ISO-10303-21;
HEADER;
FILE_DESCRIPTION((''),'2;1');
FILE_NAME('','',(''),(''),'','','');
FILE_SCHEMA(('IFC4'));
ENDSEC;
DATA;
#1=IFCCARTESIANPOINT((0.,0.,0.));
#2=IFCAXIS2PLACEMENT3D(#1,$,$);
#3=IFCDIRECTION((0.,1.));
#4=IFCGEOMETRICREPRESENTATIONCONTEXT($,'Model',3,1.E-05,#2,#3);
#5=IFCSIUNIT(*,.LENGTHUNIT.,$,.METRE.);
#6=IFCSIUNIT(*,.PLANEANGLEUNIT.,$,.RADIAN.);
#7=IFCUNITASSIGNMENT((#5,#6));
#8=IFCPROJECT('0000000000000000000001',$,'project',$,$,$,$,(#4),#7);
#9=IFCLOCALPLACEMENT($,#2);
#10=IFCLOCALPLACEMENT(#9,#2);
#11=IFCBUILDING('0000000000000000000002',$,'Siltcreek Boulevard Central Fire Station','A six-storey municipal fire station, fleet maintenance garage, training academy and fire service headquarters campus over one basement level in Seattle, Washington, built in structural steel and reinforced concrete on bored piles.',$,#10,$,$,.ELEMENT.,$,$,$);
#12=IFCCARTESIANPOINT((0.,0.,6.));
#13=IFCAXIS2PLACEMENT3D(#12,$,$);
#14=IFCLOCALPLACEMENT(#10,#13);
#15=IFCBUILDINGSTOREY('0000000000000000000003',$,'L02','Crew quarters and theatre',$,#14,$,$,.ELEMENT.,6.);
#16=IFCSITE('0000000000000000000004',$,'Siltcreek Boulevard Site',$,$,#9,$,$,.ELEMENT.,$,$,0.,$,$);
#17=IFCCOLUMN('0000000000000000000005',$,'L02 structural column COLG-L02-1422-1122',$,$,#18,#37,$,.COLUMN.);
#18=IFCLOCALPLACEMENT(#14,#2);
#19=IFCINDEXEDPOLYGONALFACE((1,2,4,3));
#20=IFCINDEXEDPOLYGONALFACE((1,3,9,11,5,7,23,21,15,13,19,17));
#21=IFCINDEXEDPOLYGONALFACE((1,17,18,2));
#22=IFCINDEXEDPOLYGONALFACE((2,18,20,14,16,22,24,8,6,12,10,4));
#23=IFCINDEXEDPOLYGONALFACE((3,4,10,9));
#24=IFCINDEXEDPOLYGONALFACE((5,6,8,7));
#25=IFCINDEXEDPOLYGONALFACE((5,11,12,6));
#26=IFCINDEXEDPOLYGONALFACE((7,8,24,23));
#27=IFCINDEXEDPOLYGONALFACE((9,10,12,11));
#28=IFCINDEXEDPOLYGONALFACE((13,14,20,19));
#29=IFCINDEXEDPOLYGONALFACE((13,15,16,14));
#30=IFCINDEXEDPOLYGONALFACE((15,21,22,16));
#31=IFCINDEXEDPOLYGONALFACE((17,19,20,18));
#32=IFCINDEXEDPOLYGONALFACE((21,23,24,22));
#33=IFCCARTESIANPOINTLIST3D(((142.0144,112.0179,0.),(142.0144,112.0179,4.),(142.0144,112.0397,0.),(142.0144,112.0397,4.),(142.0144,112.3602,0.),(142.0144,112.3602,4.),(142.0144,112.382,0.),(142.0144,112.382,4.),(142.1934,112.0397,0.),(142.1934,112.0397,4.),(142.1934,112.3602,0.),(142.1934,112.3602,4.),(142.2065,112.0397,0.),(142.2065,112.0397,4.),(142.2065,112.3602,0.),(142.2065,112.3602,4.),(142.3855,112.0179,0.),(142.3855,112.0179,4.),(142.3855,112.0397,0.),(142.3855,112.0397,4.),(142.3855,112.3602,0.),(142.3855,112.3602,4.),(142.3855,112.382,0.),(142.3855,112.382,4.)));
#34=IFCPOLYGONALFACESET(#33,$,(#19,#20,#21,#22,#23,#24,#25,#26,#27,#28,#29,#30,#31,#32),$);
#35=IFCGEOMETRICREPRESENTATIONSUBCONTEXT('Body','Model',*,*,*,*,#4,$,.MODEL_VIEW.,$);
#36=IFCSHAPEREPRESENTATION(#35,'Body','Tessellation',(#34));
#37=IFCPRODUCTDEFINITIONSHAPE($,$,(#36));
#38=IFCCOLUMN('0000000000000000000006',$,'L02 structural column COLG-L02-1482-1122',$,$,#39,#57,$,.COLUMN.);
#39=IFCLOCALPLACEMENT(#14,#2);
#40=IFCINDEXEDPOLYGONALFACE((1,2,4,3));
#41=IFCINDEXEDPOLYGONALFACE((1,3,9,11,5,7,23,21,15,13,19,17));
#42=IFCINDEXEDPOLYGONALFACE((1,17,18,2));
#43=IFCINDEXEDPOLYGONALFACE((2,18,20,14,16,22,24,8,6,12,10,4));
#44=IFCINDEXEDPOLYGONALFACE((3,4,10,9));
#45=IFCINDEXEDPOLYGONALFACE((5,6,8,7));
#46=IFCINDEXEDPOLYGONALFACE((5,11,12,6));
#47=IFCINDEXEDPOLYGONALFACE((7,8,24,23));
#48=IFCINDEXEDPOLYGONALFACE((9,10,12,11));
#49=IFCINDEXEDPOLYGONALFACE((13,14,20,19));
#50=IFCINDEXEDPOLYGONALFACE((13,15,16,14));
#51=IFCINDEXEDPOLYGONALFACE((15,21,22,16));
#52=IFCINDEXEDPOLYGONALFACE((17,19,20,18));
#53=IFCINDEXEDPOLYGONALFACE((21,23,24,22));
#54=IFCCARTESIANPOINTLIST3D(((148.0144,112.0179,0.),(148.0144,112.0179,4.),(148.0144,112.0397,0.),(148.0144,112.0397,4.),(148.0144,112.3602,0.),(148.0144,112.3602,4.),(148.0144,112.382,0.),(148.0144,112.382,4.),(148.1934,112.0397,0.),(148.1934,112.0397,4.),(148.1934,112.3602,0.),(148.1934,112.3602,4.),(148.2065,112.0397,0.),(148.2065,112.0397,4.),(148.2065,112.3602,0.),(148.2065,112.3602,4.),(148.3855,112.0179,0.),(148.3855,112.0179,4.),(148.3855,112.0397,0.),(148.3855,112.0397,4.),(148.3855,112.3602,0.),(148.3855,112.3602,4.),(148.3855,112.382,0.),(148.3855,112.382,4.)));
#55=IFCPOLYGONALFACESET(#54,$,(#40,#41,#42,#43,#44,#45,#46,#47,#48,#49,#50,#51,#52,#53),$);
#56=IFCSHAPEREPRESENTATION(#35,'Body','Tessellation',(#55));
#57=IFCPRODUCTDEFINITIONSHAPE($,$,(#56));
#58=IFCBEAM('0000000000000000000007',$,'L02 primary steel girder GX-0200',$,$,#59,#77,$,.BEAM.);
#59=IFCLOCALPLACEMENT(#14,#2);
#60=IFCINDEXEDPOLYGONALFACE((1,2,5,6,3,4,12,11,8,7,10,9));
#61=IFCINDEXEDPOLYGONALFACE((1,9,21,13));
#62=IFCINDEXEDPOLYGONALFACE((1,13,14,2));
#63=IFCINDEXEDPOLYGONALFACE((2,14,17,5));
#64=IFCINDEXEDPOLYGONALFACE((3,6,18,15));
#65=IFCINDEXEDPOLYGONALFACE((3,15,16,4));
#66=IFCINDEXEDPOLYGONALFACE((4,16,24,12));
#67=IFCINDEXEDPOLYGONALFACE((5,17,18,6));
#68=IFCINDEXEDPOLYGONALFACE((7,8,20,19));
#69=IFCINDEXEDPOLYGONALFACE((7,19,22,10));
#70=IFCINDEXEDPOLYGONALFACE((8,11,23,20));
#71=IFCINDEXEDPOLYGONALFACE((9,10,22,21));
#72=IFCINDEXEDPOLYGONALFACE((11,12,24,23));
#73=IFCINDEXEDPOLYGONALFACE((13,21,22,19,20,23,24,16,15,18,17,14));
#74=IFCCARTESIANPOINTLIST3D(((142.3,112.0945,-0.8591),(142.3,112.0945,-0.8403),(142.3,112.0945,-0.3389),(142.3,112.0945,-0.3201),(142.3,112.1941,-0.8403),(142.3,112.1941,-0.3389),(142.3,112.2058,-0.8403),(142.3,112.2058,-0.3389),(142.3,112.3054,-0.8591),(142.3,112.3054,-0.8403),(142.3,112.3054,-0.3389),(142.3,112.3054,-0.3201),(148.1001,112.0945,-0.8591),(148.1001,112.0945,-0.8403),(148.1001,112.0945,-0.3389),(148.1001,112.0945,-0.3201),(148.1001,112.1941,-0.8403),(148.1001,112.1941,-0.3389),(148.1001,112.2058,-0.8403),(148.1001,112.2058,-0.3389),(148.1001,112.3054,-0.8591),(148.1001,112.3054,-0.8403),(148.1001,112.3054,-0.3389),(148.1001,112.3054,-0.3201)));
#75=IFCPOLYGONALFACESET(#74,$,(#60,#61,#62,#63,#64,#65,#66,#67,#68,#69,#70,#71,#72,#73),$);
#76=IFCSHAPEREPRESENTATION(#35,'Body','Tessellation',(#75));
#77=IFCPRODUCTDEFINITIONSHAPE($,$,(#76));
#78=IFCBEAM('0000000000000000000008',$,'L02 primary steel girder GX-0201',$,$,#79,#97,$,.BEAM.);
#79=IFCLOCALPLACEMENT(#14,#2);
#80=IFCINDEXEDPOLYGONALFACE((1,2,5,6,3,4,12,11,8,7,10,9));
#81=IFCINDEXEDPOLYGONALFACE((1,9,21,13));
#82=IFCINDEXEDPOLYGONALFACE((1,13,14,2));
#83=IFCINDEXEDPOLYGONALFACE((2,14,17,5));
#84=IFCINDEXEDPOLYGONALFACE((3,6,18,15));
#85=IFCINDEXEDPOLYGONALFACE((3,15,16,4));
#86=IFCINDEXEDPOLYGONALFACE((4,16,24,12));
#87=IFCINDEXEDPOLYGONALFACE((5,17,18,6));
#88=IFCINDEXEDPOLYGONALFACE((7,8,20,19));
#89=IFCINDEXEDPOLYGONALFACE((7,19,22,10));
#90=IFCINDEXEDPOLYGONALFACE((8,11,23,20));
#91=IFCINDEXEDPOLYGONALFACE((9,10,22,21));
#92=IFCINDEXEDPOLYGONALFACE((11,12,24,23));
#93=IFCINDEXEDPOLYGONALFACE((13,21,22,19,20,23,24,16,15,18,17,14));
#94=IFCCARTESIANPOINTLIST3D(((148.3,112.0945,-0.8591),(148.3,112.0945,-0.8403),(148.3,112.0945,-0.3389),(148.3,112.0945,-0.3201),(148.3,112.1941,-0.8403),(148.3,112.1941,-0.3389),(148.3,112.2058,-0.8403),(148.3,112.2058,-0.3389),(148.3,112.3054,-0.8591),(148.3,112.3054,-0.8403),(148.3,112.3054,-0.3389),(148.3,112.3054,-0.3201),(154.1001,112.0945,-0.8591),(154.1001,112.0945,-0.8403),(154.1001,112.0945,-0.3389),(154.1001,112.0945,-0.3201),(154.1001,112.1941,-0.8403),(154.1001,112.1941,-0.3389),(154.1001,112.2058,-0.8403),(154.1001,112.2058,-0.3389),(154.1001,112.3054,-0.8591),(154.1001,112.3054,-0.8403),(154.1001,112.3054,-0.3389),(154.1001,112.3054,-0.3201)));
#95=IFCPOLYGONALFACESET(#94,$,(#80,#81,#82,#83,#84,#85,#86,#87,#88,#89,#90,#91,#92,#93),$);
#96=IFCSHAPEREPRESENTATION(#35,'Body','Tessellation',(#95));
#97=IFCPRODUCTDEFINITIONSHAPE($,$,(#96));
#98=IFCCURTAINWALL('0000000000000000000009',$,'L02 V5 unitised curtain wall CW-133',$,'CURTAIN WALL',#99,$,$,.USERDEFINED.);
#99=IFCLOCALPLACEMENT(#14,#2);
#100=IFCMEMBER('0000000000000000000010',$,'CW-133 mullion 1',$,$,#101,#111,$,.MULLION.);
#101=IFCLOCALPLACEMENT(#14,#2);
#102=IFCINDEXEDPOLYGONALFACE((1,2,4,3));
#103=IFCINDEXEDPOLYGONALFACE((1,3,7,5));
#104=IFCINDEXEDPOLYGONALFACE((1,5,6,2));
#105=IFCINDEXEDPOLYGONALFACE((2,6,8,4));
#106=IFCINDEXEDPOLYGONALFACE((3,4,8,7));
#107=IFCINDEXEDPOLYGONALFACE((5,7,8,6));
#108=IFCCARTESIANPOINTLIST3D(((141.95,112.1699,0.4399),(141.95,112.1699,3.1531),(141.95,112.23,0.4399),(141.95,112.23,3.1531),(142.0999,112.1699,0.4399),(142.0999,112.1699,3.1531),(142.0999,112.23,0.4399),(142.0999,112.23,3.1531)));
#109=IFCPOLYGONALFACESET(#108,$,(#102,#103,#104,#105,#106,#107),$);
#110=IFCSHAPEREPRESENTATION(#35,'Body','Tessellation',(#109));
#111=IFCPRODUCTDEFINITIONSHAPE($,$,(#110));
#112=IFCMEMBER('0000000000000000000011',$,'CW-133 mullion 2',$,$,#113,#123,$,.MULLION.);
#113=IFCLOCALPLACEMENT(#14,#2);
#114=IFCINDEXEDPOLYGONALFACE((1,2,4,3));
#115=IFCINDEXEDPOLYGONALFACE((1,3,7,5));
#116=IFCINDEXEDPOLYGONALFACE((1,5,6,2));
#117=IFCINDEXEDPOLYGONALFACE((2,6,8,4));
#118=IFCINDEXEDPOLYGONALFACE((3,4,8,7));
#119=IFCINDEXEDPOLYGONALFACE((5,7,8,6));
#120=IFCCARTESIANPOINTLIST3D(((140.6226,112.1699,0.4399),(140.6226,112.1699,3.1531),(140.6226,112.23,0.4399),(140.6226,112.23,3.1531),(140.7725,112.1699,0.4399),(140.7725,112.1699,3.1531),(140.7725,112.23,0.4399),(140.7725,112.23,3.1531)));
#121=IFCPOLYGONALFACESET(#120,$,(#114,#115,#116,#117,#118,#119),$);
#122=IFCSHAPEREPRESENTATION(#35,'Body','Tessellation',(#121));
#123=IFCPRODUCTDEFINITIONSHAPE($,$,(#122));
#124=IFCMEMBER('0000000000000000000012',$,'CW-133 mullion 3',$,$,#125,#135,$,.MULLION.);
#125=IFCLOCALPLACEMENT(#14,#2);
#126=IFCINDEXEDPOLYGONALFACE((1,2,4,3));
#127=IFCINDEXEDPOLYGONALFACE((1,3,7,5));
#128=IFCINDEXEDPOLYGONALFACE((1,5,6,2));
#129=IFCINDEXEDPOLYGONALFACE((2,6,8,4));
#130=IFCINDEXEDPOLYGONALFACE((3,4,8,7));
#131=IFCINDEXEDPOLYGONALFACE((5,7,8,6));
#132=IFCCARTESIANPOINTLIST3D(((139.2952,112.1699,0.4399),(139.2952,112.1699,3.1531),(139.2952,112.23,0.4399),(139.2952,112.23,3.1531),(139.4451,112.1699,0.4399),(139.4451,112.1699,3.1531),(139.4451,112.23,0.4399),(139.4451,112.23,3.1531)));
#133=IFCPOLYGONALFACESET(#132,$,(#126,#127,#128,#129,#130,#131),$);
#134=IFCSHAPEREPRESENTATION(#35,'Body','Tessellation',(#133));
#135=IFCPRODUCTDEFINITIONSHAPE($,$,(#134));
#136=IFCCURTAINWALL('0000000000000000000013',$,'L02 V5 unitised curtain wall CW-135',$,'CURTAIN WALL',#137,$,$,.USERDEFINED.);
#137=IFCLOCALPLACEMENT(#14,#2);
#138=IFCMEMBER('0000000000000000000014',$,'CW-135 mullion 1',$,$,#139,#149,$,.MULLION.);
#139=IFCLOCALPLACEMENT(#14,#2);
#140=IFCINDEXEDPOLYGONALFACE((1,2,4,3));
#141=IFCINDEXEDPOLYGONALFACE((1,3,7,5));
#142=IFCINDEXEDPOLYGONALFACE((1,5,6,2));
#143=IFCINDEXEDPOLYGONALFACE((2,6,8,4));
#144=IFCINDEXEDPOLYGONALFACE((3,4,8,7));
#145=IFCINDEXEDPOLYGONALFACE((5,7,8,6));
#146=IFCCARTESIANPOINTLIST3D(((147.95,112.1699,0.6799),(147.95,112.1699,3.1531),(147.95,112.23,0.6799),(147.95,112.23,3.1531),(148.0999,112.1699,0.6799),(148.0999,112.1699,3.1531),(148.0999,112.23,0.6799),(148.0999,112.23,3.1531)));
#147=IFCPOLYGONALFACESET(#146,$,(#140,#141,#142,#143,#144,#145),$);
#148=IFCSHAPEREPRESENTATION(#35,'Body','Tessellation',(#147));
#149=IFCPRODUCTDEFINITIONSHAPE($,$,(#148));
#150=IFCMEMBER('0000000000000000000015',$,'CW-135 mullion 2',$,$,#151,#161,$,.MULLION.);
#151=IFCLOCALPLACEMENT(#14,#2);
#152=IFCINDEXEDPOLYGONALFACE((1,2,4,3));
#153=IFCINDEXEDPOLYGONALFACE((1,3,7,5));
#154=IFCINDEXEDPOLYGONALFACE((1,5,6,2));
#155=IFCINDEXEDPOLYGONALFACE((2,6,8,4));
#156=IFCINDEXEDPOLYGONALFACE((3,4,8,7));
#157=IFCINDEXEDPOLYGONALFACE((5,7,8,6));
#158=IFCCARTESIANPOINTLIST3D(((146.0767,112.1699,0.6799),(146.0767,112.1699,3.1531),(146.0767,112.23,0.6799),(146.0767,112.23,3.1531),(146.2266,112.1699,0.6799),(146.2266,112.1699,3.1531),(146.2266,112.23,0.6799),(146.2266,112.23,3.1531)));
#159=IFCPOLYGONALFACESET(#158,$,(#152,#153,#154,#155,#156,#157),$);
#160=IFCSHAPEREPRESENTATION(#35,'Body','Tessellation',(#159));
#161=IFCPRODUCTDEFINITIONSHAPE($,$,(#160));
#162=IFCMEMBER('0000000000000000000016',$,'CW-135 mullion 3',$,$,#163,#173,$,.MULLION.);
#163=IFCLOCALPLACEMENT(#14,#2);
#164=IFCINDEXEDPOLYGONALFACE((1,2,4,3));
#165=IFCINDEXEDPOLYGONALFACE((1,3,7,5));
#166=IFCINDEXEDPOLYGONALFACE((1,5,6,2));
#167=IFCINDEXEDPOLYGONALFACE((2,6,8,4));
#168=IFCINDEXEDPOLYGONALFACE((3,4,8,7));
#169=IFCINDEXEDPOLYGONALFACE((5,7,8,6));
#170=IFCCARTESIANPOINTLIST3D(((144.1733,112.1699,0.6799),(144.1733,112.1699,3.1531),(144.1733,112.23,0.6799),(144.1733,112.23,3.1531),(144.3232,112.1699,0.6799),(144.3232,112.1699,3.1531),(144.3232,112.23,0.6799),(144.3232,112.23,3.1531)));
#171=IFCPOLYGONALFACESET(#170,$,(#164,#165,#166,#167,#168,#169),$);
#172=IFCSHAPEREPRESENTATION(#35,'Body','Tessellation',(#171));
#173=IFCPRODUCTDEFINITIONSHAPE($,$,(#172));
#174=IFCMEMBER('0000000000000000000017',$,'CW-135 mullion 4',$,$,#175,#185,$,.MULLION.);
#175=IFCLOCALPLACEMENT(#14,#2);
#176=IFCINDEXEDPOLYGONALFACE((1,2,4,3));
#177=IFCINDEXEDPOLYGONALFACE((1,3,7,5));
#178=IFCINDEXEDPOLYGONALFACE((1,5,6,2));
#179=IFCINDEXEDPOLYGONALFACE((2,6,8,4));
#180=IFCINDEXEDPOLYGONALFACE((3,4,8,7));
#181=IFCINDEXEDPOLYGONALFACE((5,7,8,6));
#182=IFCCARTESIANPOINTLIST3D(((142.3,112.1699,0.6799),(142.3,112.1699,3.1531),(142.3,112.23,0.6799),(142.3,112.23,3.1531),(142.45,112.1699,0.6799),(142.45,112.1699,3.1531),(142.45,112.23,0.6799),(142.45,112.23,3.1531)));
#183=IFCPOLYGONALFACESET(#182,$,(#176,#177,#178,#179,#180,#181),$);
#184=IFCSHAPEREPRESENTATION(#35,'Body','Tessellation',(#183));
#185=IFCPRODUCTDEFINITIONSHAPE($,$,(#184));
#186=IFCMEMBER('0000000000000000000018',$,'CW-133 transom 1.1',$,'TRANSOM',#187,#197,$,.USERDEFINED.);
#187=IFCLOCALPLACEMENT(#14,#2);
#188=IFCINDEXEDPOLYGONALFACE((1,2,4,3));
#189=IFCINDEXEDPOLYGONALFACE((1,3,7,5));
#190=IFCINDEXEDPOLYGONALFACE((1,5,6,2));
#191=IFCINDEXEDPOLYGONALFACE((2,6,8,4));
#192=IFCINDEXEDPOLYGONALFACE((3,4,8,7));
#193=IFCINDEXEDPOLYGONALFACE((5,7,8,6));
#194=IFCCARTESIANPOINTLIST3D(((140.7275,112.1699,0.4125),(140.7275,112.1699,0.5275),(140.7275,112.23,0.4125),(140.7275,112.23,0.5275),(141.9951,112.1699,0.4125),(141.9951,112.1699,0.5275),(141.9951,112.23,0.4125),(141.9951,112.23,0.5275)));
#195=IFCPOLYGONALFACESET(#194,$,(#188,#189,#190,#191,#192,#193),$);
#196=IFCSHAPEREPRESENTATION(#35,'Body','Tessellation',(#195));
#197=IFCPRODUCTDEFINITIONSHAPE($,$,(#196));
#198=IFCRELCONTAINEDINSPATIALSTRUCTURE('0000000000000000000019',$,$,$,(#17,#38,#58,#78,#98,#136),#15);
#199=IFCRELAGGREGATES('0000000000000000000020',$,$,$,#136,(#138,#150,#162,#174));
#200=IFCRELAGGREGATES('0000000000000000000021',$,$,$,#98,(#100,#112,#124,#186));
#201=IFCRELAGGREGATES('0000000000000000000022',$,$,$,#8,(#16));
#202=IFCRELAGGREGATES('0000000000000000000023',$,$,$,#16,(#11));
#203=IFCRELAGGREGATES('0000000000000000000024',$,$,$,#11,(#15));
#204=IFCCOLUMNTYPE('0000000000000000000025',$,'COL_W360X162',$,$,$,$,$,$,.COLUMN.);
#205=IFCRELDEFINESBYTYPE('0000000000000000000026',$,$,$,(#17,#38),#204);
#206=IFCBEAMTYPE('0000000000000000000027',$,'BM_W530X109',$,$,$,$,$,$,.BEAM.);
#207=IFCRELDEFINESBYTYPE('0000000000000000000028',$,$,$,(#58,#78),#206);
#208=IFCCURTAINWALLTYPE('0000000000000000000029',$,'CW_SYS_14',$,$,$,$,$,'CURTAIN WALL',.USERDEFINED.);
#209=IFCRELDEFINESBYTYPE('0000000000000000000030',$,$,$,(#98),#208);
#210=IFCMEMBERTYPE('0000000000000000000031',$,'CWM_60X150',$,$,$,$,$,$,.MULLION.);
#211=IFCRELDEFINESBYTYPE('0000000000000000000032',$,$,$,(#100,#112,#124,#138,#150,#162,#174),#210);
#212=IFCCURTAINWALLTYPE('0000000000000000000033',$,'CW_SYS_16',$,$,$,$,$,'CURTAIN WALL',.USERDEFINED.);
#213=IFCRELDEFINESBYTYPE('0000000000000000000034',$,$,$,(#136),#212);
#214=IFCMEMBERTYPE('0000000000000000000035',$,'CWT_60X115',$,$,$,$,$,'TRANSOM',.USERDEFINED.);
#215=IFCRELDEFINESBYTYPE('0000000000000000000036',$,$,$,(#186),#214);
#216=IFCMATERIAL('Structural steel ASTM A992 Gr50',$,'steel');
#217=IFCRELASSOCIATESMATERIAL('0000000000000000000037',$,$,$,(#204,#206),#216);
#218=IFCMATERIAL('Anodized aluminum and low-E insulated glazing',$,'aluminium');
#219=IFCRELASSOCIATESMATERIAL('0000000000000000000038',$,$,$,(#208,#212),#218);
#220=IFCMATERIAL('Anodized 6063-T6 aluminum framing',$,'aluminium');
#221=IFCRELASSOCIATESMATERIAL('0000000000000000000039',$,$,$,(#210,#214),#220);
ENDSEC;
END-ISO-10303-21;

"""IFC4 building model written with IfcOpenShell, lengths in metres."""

from ifc_helpers import new_model, si_unit, direction, frame, origin, origin_2d, place, context, subcontext, project, spatial, rectangle, i_section, extrude, material, material_profile, profile_set, type_object, element, aggregate, save


model = new_model("IFC4")

# Units and contexts
model_context = context("Model", 3, precision=1e-05, world=origin(), true_north=direction((0.0, 1.0)))
body_context = subcontext(model_context, "Body", "Model", "MODEL_VIEW")
ifc_project = project(units=[si_unit("LENGTHUNIT", "METRE"), si_unit("PLANEANGLEUNIT", "RADIAN")], contexts=[model_context])

# Site, building, storey
site_placement = place(None, origin())
site = spatial("IfcSite", under=ifc_project, at=site_placement, Name="Siltcreek Boulevard Site", CompositionType="ELEMENT", RefElevation=0.0)
building_placement = place(site_placement, origin())
building = spatial("IfcBuilding", under=site, at=building_placement, Name="Siltcreek Boulevard Central Fire Station", Description="A six-storey municipal fire station, fleet maintenance garage, training academy and fire service headquarters campus over one basement level in Seattle, Washington, built in structural steel and reinforced concrete on bored piles.", CompositionType="ELEMENT")
storey_placement = place(building_placement, frame((0.0, 0.0, 6.0)))
storey = spatial("IfcBuildingStorey", under=building, at=storey_placement, Name="L02", Description="Crew quarters and theatre", CompositionType="ELEMENT", Elevation=6.0)

# Columns
ifc_material_1 = material(Name="Structural steel ASTM A992 Gr50", Category="steel")
ifc_material_profile_1 = material_profile(ifc_material_1, i_section(OverallWidth=0.3711, OverallDepth=0.364, WebThickness=0.0132, FlangeThickness=0.0217, at=origin_2d()), Name="W360X162")
ifc_profile_set_1 = profile_set([ifc_material_profile_1], Name="Structural steel ASTM A992 Gr50")
column_type = type_object("IfcColumnType", Name="COL_W360X162", PredefinedType="COLUMN", material=ifc_profile_set_1)
for number, where, z_axis, x_axis, name in (
    (1, (142.2, 112.2, 0.0), (0.0, 0.0, 1.0), (1.0, 0.0, 0.0), "L02 structural column COLG-L02-1422-1122"),
    (2, (148.2, 112.2, 0.0), (0.0, 0.0, 1.0), (1.0, 0.0, 0.0), "L02 structural column COLG-L02-1482-1122"),
):
    element("IfcColumn", number, at=place(storey_placement, frame(where, z_axis=z_axis, x_axis=x_axis)), inside=storey, type_object=column_type, Name=name, PredefinedType="COLUMN", context=body_context, shape_type="SweptSolid", body=[
        extrude(i_section(OverallWidth=0.3711, OverallDepth=0.364, WebThickness=0.0132, FlangeThickness=0.0217, at=origin_2d()), origin(), (0.0, 0.0, 1.0), 4.0),
    ])

# Beams
ifc_material_profile_2 = material_profile(ifc_material_1, i_section(OverallWidth=0.2109, OverallDepth=0.5391, WebThickness=0.0117, FlangeThickness=0.0188, at=origin_2d()), Name="W530X109")
ifc_profile_set_2 = profile_set([ifc_material_profile_2], Name="Structural steel ASTM A992 Gr50")
beam_type = type_object("IfcBeamType", Name="BM_W530X109", PredefinedType="BEAM", material=ifc_profile_set_2)
for number, where, z_axis, x_axis, name in (
    (3, (142.3, 112.2, -0.5896), (1.0, 0.0, 0.0), (0.0, 1.0, 0.0), "L02 primary steel girder GX-0200"),
    (4, (148.3, 112.2, -0.5896), (1.0, 0.0, 0.0), (0.0, 1.0, 0.0), "L02 primary steel girder GX-0201"),
):
    element("IfcBeam", number, at=place(storey_placement, frame(where, z_axis=z_axis, x_axis=x_axis)), inside=storey, type_object=beam_type, Name=name, PredefinedType="BEAM", context=body_context, shape_type="SweptSolid", body=[
        extrude(i_section(OverallWidth=0.2109, OverallDepth=0.5391, WebThickness=0.0117, FlangeThickness=0.0188, at=origin_2d()), origin(), (0.0, 0.0, 1.0), 5.8),
    ])

# Curtain walls, members
ifc_material_2 = material(Name="Anodized aluminum and low-E insulated glazing", Category="aluminium")
curtain_wall_type_1 = type_object("IfcCurtainWallType", Name="CW_SYS_14", ElementType="CURTAIN WALL", PredefinedType="USERDEFINED", material=ifc_material_2)
curtain_wall_1_placement = place(storey_placement, origin())
curtain_wall_1 = element("IfcCurtainWall", 5, at=curtain_wall_1_placement, inside=storey, type_object=curtain_wall_type_1, Name="L02 V5 unitised curtain wall CW-133", ObjectType="CURTAIN WALL", PredefinedType="USERDEFINED")
ifc_material_3 = material(Name="Anodized 6063-T6 aluminum framing", Category="aluminium")
ifc_material_profile_3 = material_profile(ifc_material_3, rectangle(XDim=0.0601, YDim=0.1499, at=origin_2d()), Name="MULL60X150")
ifc_profile_set_3 = profile_set([ifc_material_profile_3], Name="Anodized 6063-T6 aluminum framing")
member_type_1 = type_object("IfcMemberType", Name="CWM_60X150", PredefinedType="MULLION", material=ifc_profile_set_3)
member_1_placement = place(storey_placement, frame((142.0249, 112.2, 0.4399), z_axis=(0.0, 0.0, 1.0), x_axis=(0.0, -1.0, 0.0)))
member_1 = element("IfcMember", 6, at=member_1_placement, type_object=member_type_1, Name="CW-133 mullion 1", PredefinedType="MULLION", context=body_context, shape_type="SweptSolid", body=[
    extrude(rectangle(XDim=0.0601, YDim=0.1499, at=origin_2d()), origin(), (0.0, 0.0, 1.0), 2.7131),
])
member_2_placement = place(storey_placement, frame((140.6975, 112.2, 0.4399), z_axis=(0.0, 0.0, 1.0), x_axis=(0.0, -1.0, 0.0)))
member_2 = element("IfcMember", 7, at=member_2_placement, type_object=member_type_1, Name="CW-133 mullion 2", PredefinedType="MULLION", context=body_context, shape_type="SweptSolid", body=[
    extrude(rectangle(XDim=0.0601, YDim=0.1499, at=origin_2d()), origin(), (0.0, 0.0, 1.0), 2.7131),
])
member_3_placement = place(storey_placement, frame((139.3701, 112.2, 0.4399), z_axis=(0.0, 0.0, 1.0), x_axis=(0.0, -1.0, 0.0)))
member_3 = element("IfcMember", 8, at=member_3_placement, type_object=member_type_1, Name="CW-133 mullion 3", PredefinedType="MULLION", context=body_context, shape_type="SweptSolid", body=[
    extrude(rectangle(XDim=0.0601, YDim=0.1499, at=origin_2d()), origin(), (0.0, 0.0, 1.0), 2.7131),
])
curtain_wall_type_2 = type_object("IfcCurtainWallType", Name="CW_SYS_16", ElementType="CURTAIN WALL", PredefinedType="USERDEFINED", material=ifc_material_2)
curtain_wall_2_placement = place(storey_placement, origin())
curtain_wall_2 = element("IfcCurtainWall", 9, at=curtain_wall_2_placement, inside=storey, type_object=curtain_wall_type_2, Name="L02 V5 unitised curtain wall CW-135", ObjectType="CURTAIN WALL", PredefinedType="USERDEFINED")
member_4_placement = place(storey_placement, frame((148.0249, 112.2, 0.6799), z_axis=(0.0, 0.0, 1.0), x_axis=(0.0, -1.0, 0.0)))
member_4 = element("IfcMember", 10, at=member_4_placement, type_object=member_type_1, Name="CW-135 mullion 1", PredefinedType="MULLION", context=body_context, shape_type="SweptSolid", body=[
    extrude(rectangle(XDim=0.0601, YDim=0.1499, at=origin_2d()), origin(), (0.0, 0.0, 1.0), 2.4731),
])
member_5_placement = place(storey_placement, frame((146.1516, 112.2, 0.6799), z_axis=(0.0, 0.0, 1.0), x_axis=(0.0, -1.0, 0.0)))
member_5 = element("IfcMember", 11, at=member_5_placement, type_object=member_type_1, Name="CW-135 mullion 2", PredefinedType="MULLION", context=body_context, shape_type="SweptSolid", body=[
    extrude(rectangle(XDim=0.0601, YDim=0.1499, at=origin_2d()), origin(), (0.0, 0.0, 1.0), 2.4731),
])
member_6_placement = place(storey_placement, frame((144.2483, 112.2, 0.6799), z_axis=(0.0, 0.0, 1.0), x_axis=(0.0, -1.0, 0.0)))
member_6 = element("IfcMember", 12, at=member_6_placement, type_object=member_type_1, Name="CW-135 mullion 3", PredefinedType="MULLION", context=body_context, shape_type="SweptSolid", body=[
    extrude(rectangle(XDim=0.0601, YDim=0.1499, at=origin_2d()), origin(), (0.0, 0.0, 1.0), 2.4731),
])
member_7_placement = place(storey_placement, frame((142.375, 112.2, 0.6799), z_axis=(0.0, 0.0, 1.0), x_axis=(0.0, -1.0, 0.0)))
member_7 = element("IfcMember", 13, at=member_7_placement, type_object=member_type_1, Name="CW-135 mullion 4", PredefinedType="MULLION", context=body_context, shape_type="SweptSolid", body=[
    extrude(rectangle(XDim=0.0601, YDim=0.1499, at=origin_2d()), origin(), (0.0, 0.0, 1.0), 2.4731),
])

# Member
ifc_material_profile_4 = material_profile(ifc_material_3, rectangle(XDim=0.0601, YDim=0.115, at=origin_2d()), Name="TRAN60X115")
ifc_profile_set_4 = profile_set([ifc_material_profile_4], Name="Anodized 6063-T6 aluminum framing")
member_type_2 = type_object("IfcMemberType", Name="CWT_60X115", ElementType="TRANSOM", PredefinedType="USERDEFINED", material=ifc_profile_set_4)
member_8_placement = place(storey_placement, frame((141.9951, 112.2, 0.47), z_axis=(-1.0, 0.0, 0.0), x_axis=(0.0, -1.0, 0.0)))
member_8 = element("IfcMember", 14, at=member_8_placement, type_object=member_type_2, Name="CW-133 transom 1.1", ObjectType="TRANSOM", PredefinedType="USERDEFINED", context=body_context, shape_type="SweptSolid", body=[
    extrude(rectangle(XDim=0.0601, YDim=0.115, at=origin_2d()), origin(), (0.0, 0.0, 1.0), 1.2676),
])

aggregate(curtain_wall_2, [member_4, member_5, member_6, member_7])
aggregate(curtain_wall_1, [member_1, member_2, member_3, member_8])

save(model, "model.ifc")
